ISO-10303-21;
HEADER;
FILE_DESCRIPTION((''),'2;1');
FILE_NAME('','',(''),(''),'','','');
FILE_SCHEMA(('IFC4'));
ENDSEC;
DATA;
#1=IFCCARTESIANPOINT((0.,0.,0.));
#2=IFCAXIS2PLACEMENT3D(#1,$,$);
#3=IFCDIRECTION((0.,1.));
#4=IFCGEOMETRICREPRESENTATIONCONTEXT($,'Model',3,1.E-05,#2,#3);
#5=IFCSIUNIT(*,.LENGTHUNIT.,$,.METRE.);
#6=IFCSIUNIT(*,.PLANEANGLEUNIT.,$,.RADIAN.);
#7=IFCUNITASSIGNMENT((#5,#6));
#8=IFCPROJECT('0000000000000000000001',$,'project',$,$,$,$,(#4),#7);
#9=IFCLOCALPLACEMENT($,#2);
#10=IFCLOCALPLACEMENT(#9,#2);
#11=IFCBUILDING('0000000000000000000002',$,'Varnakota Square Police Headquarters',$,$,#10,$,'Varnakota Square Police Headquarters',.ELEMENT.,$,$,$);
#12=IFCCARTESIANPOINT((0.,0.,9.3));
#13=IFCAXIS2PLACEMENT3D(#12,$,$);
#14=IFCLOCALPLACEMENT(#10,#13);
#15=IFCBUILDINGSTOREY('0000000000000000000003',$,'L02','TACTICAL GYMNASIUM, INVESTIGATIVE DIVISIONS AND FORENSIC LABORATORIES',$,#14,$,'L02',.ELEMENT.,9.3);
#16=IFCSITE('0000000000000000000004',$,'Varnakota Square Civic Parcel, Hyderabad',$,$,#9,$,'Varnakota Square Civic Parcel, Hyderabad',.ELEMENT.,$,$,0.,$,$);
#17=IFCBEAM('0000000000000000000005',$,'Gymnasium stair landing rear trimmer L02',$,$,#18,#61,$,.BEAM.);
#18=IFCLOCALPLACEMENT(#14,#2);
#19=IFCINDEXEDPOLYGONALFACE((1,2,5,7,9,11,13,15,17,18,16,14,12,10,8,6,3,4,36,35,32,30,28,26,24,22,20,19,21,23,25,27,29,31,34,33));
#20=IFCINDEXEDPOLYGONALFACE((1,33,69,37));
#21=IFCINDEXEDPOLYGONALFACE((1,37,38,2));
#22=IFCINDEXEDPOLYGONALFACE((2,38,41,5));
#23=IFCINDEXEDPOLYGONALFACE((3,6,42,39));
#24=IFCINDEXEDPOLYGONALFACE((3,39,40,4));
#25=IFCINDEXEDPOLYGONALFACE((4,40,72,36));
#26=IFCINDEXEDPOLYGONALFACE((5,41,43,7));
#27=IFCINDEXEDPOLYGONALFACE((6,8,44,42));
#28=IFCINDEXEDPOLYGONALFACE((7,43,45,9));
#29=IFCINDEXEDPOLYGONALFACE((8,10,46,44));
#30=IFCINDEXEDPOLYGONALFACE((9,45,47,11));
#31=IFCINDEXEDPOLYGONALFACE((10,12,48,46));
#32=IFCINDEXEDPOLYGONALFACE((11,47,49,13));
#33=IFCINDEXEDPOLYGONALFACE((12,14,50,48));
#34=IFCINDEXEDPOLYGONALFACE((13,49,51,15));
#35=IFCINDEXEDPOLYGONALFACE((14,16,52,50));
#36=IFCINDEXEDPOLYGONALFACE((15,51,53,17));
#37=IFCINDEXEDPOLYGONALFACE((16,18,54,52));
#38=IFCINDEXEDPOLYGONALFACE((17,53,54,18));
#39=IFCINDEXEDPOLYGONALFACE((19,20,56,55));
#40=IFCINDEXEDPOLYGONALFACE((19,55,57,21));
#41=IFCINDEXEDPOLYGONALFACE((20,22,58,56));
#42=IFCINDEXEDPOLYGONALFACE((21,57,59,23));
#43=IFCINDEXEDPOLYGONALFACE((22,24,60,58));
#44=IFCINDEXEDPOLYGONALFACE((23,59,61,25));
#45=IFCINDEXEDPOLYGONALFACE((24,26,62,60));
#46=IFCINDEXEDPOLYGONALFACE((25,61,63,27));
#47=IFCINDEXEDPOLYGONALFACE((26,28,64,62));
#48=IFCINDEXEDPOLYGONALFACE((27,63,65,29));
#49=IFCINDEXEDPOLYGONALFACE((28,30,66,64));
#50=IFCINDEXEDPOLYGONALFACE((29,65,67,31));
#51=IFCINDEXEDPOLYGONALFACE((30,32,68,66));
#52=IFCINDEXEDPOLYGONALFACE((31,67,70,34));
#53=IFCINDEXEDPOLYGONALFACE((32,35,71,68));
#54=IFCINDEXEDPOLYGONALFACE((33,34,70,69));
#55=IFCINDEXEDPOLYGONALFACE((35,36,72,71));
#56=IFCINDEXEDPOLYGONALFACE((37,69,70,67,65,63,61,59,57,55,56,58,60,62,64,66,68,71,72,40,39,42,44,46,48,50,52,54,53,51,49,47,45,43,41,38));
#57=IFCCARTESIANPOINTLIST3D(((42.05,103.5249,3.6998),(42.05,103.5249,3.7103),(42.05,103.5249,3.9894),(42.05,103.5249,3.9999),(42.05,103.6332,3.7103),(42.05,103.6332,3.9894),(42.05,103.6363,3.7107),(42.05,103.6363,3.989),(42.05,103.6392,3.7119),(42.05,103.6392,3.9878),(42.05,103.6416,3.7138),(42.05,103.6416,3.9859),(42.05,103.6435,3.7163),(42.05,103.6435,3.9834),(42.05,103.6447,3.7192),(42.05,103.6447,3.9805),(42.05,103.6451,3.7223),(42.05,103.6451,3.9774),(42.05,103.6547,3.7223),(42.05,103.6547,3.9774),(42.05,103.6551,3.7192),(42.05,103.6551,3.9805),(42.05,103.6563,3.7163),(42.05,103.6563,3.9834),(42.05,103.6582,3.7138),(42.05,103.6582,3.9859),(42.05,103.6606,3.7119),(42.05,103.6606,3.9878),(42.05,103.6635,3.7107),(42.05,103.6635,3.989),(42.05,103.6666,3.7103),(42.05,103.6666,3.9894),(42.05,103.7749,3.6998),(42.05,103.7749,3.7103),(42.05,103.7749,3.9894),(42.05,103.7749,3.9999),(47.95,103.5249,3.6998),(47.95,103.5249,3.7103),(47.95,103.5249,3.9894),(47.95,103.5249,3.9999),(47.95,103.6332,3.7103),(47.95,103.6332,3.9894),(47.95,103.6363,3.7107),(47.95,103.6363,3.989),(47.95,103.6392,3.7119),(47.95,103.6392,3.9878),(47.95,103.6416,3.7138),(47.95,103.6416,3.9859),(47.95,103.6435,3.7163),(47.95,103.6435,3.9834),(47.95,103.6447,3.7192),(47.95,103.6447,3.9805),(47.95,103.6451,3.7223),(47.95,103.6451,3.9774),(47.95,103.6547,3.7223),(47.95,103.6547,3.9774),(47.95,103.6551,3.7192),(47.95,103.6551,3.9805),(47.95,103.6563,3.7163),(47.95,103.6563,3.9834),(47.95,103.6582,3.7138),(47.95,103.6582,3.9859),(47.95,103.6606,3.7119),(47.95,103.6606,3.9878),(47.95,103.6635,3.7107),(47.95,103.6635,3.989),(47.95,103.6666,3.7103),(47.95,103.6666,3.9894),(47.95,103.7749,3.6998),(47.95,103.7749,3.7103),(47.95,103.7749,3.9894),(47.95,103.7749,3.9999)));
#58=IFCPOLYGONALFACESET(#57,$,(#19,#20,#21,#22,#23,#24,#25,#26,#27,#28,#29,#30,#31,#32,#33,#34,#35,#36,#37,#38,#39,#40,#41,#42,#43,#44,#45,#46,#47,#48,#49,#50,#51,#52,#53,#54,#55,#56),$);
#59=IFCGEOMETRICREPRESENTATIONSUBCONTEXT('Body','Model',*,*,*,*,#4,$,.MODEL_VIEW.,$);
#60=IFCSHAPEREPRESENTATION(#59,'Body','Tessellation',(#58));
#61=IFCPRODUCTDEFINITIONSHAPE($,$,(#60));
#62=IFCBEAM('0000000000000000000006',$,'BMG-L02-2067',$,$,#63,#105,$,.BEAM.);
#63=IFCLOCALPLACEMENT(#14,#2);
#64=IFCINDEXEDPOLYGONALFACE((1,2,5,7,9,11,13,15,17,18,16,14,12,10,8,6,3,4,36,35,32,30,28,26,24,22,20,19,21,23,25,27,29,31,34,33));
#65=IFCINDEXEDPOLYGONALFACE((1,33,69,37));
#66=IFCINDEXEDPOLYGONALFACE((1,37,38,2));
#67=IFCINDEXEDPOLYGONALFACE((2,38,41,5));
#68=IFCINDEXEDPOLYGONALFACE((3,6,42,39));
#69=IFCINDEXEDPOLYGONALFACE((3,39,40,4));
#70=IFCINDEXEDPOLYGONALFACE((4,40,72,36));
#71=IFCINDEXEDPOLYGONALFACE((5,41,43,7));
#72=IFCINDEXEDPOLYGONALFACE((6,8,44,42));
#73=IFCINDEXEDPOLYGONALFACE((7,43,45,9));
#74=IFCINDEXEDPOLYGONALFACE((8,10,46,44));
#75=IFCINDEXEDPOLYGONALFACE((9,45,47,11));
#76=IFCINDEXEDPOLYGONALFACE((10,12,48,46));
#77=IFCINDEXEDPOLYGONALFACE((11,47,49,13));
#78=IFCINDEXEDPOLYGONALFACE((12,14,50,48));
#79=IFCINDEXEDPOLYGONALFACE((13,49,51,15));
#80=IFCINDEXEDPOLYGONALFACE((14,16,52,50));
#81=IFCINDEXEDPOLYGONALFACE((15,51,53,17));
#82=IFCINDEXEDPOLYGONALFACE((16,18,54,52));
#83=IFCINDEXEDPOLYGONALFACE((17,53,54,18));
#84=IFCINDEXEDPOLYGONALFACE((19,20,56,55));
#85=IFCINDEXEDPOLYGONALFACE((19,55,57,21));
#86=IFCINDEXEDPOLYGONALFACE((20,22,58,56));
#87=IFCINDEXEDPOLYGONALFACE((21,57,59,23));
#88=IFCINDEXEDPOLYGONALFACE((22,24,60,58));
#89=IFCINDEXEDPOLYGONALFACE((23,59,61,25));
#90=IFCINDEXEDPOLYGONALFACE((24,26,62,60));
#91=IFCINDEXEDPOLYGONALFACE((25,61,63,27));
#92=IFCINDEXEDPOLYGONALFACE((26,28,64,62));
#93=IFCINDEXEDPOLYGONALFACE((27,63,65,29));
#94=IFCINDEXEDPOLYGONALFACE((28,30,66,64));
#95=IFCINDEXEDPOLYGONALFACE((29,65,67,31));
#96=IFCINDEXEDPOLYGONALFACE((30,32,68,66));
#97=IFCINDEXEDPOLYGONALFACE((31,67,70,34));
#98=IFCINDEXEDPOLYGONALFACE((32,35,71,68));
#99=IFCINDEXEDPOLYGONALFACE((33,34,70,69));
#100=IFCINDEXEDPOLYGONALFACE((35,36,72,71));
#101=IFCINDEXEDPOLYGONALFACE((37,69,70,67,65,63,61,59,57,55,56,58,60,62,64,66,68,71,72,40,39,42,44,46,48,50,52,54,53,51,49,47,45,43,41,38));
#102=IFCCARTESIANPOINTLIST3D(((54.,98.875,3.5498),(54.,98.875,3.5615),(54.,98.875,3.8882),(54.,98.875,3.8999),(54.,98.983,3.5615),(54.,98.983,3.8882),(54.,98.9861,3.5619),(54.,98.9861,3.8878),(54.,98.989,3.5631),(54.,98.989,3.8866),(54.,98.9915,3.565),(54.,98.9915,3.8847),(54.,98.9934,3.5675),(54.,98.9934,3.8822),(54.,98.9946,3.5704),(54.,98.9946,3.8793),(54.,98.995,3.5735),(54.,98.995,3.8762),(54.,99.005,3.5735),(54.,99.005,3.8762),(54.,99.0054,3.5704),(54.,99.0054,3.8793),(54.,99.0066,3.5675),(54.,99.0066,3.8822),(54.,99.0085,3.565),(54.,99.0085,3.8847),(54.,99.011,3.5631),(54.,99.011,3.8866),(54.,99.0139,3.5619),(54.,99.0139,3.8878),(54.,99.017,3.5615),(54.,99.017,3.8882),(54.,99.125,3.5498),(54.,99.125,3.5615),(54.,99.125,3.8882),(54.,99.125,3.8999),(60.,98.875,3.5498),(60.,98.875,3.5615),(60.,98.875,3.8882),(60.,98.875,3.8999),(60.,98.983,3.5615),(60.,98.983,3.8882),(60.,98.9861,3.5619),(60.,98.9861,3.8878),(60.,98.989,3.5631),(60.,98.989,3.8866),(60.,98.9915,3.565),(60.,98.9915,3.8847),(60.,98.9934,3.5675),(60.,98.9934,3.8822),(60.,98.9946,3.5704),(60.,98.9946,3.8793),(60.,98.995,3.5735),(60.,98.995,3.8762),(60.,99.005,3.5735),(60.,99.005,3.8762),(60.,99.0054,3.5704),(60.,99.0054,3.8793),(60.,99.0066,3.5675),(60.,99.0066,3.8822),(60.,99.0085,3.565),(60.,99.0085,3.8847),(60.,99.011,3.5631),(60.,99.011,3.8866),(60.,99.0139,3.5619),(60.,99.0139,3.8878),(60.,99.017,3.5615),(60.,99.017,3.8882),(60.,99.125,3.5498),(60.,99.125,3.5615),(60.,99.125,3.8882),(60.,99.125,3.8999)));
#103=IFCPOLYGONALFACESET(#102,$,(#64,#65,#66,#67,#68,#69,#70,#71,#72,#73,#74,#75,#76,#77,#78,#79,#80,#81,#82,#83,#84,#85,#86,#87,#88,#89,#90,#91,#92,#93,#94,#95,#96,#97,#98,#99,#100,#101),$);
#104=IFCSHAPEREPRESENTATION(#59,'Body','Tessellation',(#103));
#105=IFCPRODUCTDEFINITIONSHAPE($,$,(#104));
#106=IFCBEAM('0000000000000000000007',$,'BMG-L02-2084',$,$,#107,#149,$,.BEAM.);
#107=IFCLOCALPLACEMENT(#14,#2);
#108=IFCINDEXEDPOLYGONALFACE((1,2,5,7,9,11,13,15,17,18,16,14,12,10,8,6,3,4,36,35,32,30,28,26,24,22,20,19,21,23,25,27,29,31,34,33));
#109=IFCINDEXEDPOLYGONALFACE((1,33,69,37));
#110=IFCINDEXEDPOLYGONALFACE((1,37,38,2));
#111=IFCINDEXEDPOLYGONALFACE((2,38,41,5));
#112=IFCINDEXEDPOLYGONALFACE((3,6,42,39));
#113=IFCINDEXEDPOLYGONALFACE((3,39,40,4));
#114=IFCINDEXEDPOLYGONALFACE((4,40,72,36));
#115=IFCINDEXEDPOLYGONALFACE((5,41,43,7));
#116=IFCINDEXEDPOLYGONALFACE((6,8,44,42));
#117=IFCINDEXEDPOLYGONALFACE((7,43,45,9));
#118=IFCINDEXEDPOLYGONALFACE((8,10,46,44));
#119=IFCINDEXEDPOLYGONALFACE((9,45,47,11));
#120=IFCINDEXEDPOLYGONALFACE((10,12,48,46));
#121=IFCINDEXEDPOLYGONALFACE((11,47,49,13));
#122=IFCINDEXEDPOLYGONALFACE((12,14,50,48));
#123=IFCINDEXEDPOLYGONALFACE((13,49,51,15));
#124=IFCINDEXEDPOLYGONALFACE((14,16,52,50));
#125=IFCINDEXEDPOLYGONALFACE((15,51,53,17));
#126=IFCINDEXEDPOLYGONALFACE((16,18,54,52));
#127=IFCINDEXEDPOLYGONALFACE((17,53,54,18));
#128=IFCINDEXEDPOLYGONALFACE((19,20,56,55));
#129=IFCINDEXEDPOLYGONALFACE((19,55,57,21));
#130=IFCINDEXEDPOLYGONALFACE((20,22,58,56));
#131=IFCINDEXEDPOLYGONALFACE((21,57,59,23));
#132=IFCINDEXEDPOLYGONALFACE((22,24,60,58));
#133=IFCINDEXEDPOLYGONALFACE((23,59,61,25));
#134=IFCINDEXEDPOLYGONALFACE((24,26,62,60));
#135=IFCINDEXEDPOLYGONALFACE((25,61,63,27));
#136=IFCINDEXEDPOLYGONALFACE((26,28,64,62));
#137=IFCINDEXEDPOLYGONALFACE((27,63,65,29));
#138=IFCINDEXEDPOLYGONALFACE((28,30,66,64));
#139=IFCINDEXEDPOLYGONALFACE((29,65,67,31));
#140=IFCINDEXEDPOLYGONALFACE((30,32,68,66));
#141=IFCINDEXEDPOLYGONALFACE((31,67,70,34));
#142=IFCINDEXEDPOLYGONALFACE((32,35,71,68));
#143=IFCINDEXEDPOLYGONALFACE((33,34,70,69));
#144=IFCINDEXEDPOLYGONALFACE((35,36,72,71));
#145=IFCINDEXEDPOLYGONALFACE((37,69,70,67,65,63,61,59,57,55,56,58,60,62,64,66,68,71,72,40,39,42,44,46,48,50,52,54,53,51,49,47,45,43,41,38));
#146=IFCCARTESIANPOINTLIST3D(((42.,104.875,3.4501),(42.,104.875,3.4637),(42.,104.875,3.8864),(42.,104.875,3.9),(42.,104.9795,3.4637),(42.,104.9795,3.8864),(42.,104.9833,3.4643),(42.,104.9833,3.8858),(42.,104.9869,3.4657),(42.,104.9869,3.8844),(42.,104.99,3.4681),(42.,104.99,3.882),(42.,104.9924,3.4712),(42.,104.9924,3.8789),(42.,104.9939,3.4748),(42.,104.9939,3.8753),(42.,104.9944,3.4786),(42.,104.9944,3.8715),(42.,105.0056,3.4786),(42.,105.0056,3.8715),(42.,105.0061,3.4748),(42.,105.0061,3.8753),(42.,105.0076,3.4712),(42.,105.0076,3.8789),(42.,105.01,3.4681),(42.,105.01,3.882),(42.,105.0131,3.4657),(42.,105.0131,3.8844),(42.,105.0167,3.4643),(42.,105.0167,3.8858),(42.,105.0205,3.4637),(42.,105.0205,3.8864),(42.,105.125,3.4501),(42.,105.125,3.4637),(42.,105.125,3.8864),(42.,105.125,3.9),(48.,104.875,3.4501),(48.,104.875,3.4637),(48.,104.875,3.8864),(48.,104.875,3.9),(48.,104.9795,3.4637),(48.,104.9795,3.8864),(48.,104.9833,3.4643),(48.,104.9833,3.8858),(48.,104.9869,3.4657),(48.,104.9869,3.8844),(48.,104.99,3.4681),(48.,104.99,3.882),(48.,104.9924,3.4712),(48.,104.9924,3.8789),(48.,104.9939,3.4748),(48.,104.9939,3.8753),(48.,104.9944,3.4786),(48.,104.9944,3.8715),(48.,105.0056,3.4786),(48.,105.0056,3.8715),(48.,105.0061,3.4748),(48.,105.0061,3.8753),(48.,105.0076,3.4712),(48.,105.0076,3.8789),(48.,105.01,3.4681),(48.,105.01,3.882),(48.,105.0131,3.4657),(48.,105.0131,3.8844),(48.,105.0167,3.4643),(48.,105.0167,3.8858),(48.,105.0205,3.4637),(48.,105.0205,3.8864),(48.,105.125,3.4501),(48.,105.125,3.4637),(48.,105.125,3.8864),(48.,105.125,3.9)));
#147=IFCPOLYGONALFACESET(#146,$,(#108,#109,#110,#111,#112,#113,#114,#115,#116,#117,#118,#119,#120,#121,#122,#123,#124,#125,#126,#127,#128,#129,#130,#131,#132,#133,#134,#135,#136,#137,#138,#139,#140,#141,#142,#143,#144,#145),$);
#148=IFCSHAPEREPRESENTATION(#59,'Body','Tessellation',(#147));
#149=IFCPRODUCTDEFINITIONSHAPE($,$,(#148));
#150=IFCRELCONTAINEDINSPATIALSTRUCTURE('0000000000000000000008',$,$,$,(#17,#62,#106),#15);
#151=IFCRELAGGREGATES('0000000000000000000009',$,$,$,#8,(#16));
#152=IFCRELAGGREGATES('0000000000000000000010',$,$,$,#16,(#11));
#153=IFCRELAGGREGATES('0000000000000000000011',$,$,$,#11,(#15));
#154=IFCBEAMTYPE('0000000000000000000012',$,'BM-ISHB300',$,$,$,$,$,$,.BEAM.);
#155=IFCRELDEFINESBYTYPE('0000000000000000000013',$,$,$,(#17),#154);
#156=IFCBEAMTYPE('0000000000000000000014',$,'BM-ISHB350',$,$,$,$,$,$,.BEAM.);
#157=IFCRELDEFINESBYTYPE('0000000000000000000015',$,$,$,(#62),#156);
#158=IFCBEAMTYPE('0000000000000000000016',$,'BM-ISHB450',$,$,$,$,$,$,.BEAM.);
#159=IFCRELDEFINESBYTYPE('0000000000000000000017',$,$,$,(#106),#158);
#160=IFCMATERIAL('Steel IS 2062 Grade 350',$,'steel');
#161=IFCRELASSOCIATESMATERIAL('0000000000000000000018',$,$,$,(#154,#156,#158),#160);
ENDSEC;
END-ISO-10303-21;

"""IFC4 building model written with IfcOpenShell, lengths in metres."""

from ifc_helpers import new_model, si_unit, direction, frame, origin, origin_2d, place, context, subcontext, project, spatial, i_section, extrude, material, material_profile, profile_set, type_object, element, save


model = new_model("IFC4")

# Units and contexts
model_context = context("Model", 3, precision=1e-05, world=origin(), true_north=direction((0.0, 1.0)))
body_context = subcontext(model_context, "Body", "Model", "MODEL_VIEW")
ifc_project = project(units=[si_unit("LENGTHUNIT", "METRE"), si_unit("PLANEANGLEUNIT", "RADIAN")], contexts=[model_context])

# Site, building, storey
site_placement = place(None, origin())
site = spatial("IfcSite", under=ifc_project, at=site_placement, Name="Varnakota Square Civic Parcel, Hyderabad", LongName="Varnakota Square Civic Parcel, Hyderabad", CompositionType="ELEMENT", RefElevation=0.0)
building_placement = place(site_placement, origin())
building = spatial("IfcBuilding", under=site, at=building_placement, Name="Varnakota Square Police Headquarters", LongName="Varnakota Square Police Headquarters", CompositionType="ELEMENT")
storey_placement = place(building_placement, frame((0.0, 0.0, 9.3)))
storey = spatial("IfcBuildingStorey", under=building, at=storey_placement, Name="L02", Description="TACTICAL GYMNASIUM, INVESTIGATIVE DIVISIONS AND FORENSIC LABORATORIES", LongName="L02", CompositionType="ELEMENT", Elevation=9.3)

# Shared definitions
ifc_material_1 = material(Name="Steel IS 2062 Grade 350", Category="steel")

# Beams
ifc_material_profile_1 = material_profile(ifc_material_1, i_section(OverallWidth=0.25, OverallDepth=0.3, WebThickness=0.0095, FlangeThickness=0.0105, FilletRadius=0.012, at=origin_2d()), Name="ISHB 300")
ifc_profile_set_1 = profile_set([ifc_material_profile_1], Name="Steel IS 2062 Grade 350")
beam_type_1 = type_object("IfcBeamType", Name="BM-ISHB300", PredefinedType="BEAM", material=ifc_profile_set_1)
for number, where, z_axis, x_axis, name in (
    (1, (42.05, 103.6499, 3.8499), (1.0, 0.0, 0.0), (0.0, 1.0, 0.0), "Gymnasium stair landing rear trimmer L02"),
):
    element("IfcBeam", number, at=place(storey_placement, frame(where, z_axis=z_axis, x_axis=x_axis)), inside=storey, type_object=beam_type_1, Name=name, PredefinedType="BEAM", context=body_context, shape_type="SweptSolid", body=[
        extrude(i_section(OverallWidth=0.25, OverallDepth=0.3, WebThickness=0.0095, FlangeThickness=0.0105, FilletRadius=0.012, at=origin_2d()), origin(), (0.0, 0.0, 1.0), 5.8999),
    ])
ifc_material_profile_2 = material_profile(ifc_material_1, i_section(OverallWidth=0.25, OverallDepth=0.3501, WebThickness=0.01, FlangeThickness=0.0117, FilletRadius=0.012, at=origin_2d()), Name="ISHB 350")
ifc_profile_set_2 = profile_set([ifc_material_profile_2], Name="Steel IS 2062 Grade 350")
beam_type_2 = type_object("IfcBeamType", Name="BM-ISHB350", PredefinedType="BEAM", material=ifc_profile_set_2)
beam_1_placement = place(storey_placement, frame((54.0, 99.0, 3.7249), z_axis=(1.0, 0.0, 0.0), x_axis=(0.0, 1.0, 0.0)))
element("IfcBeam", 2, at=beam_1_placement, inside=storey, type_object=beam_type_2, Name="BMG-L02-2067", PredefinedType="BEAM", context=body_context, shape_type="SweptSolid", body=[
    extrude(i_section(OverallWidth=0.25, OverallDepth=0.3501, WebThickness=0.01, FlangeThickness=0.0117, FilletRadius=0.012, at=origin_2d()), origin(), (0.0, 0.0, 1.0), 6.0),
])
ifc_material_profile_3 = material_profile(ifc_material_1, i_section(OverallWidth=0.25, OverallDepth=0.45, WebThickness=0.0112, FlangeThickness=0.0137, FilletRadius=0.0149, at=origin_2d()), Name="ISHB 450")
ifc_profile_set_3 = profile_set([ifc_material_profile_3], Name="Steel IS 2062 Grade 350")
beam_type_3 = type_object("IfcBeamType", Name="BM-ISHB450", PredefinedType="BEAM", material=ifc_profile_set_3)
beam_2_placement = place(storey_placement, frame((42.0, 105.0, 3.675), z_axis=(1.0, 0.0, 0.0), x_axis=(0.0, 1.0, 0.0)))
element("IfcBeam", 3, at=beam_2_placement, inside=storey, type_object=beam_type_3, Name="BMG-L02-2084", PredefinedType="BEAM", context=body_context, shape_type="SweptSolid", body=[
    extrude(i_section(OverallWidth=0.25, OverallDepth=0.45, WebThickness=0.0112, FlangeThickness=0.0137, FilletRadius=0.0149, at=origin_2d()), origin(), (0.0, 0.0, 1.0), 6.0),
])

save(model, "model.ifc")
